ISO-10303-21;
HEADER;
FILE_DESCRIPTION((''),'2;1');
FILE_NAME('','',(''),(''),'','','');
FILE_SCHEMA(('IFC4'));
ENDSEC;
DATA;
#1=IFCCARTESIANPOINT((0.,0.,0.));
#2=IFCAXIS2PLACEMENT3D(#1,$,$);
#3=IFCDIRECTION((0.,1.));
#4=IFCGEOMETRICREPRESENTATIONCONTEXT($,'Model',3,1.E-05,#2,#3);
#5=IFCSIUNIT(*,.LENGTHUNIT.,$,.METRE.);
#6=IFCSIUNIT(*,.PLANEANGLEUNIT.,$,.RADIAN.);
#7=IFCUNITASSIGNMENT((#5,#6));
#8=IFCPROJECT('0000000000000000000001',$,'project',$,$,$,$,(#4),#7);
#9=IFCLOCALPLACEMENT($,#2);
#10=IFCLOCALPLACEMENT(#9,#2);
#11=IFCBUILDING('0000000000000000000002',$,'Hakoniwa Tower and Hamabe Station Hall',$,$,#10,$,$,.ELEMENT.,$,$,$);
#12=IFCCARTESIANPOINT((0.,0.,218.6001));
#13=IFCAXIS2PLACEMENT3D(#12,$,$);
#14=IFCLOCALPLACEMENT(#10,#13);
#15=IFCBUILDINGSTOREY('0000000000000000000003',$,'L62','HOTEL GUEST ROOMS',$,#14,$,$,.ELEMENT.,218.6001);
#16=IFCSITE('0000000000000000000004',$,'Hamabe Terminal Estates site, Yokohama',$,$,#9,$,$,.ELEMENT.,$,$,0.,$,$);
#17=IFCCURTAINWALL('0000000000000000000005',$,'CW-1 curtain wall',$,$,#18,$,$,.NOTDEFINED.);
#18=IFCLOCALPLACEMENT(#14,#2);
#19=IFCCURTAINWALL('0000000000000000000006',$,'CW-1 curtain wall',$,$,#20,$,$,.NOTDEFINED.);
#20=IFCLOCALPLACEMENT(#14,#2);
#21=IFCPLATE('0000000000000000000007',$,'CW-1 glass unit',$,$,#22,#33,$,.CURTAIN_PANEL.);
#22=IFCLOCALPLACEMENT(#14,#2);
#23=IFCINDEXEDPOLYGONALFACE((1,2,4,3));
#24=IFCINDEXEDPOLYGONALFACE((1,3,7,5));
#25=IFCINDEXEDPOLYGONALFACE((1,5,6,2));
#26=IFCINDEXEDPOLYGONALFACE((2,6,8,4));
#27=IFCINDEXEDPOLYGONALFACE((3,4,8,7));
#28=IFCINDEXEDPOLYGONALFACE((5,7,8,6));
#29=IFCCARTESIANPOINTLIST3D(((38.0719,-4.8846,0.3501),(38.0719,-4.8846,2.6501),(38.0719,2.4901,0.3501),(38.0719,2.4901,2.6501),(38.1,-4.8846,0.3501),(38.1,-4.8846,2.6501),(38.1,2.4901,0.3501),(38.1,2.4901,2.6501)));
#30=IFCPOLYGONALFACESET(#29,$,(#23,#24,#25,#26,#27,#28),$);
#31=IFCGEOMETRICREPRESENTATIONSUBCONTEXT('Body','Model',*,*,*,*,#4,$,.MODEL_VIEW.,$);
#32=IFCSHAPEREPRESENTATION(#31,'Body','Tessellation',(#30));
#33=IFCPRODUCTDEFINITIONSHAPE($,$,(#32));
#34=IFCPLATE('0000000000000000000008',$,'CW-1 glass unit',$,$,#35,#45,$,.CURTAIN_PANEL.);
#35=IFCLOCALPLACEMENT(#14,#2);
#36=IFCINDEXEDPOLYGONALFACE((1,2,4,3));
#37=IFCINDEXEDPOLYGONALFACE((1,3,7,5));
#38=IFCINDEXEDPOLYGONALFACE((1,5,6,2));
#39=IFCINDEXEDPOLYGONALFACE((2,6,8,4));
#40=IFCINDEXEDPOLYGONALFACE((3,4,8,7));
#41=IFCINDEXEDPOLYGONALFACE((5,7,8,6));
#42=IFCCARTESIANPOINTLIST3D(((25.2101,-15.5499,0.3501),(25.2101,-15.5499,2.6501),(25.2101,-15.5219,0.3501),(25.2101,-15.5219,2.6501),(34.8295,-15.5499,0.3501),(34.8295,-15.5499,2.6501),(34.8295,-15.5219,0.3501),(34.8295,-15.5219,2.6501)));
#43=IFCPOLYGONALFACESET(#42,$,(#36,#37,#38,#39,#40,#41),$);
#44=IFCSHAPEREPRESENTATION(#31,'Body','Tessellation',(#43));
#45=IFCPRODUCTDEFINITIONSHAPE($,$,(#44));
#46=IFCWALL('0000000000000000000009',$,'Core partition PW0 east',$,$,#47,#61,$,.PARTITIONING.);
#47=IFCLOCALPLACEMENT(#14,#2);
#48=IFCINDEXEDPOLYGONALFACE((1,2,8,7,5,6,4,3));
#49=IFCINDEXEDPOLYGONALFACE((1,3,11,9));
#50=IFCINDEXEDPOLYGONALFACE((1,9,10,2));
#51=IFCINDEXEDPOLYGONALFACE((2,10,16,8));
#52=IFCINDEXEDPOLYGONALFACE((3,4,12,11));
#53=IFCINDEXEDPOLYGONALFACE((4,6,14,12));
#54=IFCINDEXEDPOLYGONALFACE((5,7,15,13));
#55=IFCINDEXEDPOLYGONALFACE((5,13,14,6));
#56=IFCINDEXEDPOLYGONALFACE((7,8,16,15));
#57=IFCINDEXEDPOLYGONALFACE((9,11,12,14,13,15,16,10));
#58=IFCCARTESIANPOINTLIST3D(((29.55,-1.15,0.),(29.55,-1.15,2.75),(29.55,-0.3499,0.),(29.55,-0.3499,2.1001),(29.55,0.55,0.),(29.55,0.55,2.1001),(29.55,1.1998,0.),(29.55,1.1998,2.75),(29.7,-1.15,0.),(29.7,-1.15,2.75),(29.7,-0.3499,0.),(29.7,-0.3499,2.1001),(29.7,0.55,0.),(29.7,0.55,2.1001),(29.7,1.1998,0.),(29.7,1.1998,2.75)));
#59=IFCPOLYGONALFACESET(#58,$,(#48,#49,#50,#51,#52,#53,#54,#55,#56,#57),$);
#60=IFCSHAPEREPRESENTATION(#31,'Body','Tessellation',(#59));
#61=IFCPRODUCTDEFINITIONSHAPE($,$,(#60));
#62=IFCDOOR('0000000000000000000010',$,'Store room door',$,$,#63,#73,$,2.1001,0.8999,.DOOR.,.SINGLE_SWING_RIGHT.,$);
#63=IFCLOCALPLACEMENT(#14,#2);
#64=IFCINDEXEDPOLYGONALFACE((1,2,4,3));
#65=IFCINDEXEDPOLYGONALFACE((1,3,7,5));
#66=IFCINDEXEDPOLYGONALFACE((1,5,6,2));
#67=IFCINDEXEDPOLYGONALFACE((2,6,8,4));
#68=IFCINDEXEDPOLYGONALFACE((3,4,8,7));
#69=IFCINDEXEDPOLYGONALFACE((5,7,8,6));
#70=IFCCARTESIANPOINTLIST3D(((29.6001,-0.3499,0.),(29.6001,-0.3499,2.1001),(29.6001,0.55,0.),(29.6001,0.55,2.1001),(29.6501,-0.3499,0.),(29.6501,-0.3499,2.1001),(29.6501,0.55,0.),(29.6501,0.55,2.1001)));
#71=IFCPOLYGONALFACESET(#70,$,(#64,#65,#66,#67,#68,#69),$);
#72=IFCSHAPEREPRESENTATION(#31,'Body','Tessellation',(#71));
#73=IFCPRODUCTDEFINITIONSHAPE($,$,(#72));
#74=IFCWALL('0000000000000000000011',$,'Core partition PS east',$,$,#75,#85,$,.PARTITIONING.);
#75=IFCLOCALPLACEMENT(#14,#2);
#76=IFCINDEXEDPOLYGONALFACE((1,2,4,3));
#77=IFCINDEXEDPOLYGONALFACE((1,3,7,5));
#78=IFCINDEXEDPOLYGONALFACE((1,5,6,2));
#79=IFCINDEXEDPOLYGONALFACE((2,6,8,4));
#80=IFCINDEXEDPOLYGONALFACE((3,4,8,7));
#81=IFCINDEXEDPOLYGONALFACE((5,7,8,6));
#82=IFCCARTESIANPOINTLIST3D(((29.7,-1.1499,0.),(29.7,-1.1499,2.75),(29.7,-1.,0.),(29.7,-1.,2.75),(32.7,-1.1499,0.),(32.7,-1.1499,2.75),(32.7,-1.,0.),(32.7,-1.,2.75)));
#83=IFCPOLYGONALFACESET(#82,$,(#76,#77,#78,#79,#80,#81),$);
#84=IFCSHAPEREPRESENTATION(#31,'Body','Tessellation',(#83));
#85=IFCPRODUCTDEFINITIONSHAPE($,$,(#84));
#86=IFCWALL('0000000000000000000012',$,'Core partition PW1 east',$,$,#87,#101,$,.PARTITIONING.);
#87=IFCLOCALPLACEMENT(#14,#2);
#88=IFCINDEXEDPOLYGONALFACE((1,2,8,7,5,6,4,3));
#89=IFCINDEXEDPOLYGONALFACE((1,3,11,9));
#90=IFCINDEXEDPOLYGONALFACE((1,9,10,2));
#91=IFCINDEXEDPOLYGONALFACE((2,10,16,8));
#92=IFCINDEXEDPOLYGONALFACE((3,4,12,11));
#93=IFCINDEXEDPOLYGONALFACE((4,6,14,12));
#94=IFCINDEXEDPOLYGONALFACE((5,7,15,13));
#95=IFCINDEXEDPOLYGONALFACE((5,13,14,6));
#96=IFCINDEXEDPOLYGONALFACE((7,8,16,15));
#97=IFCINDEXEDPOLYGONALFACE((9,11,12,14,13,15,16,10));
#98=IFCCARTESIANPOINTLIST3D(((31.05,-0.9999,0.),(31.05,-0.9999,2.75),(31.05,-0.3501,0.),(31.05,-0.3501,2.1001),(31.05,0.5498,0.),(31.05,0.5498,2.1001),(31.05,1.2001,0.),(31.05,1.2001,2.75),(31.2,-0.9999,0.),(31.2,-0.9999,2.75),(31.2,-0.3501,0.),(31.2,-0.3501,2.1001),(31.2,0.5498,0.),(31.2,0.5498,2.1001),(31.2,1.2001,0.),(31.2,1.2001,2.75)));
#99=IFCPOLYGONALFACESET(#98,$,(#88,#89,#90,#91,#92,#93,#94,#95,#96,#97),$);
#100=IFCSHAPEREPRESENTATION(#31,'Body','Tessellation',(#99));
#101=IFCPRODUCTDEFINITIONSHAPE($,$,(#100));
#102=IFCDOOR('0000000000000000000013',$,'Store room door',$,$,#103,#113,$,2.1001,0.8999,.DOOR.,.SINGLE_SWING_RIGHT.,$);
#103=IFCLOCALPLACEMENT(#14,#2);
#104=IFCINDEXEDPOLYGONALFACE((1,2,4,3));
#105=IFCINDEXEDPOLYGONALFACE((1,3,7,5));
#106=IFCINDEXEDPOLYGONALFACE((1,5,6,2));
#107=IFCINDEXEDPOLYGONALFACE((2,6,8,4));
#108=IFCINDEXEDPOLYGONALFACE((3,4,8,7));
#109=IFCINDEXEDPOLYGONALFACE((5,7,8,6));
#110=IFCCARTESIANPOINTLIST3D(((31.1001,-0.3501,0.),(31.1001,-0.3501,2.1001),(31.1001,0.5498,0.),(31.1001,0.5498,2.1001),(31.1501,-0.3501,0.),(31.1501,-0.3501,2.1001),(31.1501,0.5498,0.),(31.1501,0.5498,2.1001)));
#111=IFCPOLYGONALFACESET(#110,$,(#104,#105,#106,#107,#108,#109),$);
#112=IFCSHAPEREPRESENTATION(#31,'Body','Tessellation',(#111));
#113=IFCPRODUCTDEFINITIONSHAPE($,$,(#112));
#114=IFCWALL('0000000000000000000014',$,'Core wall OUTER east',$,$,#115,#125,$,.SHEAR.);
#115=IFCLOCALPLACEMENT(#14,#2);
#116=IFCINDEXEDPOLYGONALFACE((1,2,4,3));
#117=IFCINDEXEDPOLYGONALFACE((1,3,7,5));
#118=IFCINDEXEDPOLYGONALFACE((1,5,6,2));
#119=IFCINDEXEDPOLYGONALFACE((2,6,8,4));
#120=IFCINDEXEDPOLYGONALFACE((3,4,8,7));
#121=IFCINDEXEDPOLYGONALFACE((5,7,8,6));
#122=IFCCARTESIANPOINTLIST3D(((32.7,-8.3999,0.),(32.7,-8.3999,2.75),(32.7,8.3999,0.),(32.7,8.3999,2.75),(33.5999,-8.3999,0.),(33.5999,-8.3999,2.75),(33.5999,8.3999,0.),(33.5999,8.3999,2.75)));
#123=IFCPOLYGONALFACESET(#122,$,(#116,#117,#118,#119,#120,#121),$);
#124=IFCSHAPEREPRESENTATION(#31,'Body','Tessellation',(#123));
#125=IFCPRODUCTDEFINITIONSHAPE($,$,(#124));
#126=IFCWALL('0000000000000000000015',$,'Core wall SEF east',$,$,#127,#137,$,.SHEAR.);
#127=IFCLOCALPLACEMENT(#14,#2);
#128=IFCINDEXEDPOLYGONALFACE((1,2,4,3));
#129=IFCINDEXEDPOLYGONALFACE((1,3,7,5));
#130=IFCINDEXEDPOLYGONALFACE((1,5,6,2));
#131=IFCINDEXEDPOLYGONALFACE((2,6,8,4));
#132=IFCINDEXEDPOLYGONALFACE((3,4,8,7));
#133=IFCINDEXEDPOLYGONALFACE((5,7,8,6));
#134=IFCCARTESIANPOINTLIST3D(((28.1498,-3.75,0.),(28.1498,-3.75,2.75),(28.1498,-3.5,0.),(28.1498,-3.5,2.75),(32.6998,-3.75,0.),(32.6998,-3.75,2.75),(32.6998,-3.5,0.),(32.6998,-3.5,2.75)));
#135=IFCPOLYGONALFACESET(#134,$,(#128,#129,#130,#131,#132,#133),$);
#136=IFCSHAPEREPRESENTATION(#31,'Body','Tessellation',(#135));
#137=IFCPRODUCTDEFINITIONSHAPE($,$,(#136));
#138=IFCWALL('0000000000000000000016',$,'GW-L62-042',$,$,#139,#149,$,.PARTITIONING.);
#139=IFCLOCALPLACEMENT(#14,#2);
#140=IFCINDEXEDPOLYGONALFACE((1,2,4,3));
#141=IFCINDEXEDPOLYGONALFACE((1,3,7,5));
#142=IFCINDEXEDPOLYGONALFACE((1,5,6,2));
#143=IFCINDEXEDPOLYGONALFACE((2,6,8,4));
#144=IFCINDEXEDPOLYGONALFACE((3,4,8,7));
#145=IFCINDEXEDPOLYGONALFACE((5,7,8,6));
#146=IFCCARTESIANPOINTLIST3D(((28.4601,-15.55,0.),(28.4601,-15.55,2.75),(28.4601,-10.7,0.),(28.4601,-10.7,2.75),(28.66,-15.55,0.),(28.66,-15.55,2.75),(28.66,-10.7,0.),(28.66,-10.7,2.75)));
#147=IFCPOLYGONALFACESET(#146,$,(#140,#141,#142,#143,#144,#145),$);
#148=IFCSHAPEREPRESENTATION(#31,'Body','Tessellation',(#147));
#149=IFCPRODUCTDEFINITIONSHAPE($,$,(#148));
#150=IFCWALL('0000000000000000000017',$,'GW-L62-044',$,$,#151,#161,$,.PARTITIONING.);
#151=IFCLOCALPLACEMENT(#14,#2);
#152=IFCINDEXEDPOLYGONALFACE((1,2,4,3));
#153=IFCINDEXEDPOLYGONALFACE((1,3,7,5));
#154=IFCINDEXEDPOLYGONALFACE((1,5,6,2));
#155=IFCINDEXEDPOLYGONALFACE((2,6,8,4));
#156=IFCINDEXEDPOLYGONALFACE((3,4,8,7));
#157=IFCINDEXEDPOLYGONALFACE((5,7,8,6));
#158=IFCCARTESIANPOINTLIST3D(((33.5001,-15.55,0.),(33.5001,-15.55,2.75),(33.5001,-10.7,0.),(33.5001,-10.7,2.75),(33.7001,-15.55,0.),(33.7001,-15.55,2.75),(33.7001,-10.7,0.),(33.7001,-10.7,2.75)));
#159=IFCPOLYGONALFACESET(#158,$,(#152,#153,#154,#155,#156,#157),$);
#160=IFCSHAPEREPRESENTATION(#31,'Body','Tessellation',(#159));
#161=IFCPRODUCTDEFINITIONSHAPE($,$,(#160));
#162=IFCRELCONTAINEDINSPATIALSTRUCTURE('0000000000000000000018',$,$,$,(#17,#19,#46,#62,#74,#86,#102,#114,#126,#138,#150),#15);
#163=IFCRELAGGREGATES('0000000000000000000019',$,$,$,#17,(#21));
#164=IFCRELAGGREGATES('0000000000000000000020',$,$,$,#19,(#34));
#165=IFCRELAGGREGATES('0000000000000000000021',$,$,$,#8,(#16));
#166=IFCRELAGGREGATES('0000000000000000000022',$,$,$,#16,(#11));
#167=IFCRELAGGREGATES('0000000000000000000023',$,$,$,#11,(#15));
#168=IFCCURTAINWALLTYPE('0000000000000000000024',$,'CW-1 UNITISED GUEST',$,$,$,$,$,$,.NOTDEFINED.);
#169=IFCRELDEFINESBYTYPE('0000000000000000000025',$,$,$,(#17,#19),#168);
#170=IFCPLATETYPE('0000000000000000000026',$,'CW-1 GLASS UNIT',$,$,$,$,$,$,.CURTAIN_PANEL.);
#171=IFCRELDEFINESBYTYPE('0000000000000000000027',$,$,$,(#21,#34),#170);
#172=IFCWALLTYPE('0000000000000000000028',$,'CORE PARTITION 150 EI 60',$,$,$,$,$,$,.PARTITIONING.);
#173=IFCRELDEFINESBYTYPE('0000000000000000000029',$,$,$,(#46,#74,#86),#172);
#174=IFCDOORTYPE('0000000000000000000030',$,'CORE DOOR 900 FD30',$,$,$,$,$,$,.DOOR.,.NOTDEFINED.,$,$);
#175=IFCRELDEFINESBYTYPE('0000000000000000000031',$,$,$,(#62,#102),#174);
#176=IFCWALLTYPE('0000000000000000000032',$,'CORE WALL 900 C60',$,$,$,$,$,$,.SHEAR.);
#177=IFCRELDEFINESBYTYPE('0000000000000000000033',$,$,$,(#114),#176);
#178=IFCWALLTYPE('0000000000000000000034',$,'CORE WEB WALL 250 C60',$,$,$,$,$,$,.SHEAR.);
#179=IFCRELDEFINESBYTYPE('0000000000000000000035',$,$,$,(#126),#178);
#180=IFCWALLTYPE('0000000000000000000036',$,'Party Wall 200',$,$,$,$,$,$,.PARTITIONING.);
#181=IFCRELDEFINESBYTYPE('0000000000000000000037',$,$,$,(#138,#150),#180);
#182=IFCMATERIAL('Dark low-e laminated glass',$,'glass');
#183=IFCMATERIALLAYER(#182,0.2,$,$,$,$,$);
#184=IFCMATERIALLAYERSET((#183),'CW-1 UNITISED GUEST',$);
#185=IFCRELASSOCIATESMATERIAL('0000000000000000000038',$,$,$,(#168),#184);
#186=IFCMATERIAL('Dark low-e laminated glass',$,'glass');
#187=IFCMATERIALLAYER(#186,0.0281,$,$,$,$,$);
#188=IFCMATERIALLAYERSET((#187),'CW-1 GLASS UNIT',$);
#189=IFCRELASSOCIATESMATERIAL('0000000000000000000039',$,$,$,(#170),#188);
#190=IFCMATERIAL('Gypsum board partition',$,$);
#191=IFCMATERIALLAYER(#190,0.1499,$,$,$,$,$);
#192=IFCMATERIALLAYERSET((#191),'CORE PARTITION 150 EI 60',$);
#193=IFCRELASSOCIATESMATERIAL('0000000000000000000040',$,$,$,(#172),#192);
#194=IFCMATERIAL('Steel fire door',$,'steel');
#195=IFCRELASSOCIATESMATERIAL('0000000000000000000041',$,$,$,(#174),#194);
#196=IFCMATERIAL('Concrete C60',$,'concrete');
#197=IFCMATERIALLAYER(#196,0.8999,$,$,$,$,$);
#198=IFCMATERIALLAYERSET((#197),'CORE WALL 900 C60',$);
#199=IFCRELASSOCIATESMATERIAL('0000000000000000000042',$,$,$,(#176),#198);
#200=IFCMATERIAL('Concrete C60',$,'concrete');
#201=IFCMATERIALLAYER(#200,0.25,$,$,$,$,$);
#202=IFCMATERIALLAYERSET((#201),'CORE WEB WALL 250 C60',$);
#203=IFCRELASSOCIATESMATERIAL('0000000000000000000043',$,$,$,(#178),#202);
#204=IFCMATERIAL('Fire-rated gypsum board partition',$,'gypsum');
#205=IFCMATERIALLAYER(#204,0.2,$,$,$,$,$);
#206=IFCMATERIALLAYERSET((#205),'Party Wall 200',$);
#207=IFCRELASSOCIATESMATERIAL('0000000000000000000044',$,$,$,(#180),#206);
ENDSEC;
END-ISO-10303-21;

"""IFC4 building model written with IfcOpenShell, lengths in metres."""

from ifc_helpers import new_model, si_unit, direction, frame, frame_2d, origin, origin_2d, place, context, subcontext, project, spatial, rectangle, extrude, material, layer, layer_set, type_object, element, fill, aggregate, save


model = new_model("IFC4")

# Units and contexts
model_context = context("Model", 3, precision=1e-05, world=origin(), true_north=direction((0.0, 1.0)))
body_context = subcontext(model_context, "Body", "Model", "MODEL_VIEW")
ifc_project = project(units=[si_unit("LENGTHUNIT", "METRE"), si_unit("PLANEANGLEUNIT", "RADIAN")], contexts=[model_context])

# Site, building, storey
site_placement = place(None, origin())
site = spatial("IfcSite", under=ifc_project, at=site_placement, Name="Hamabe Terminal Estates site, Yokohama", CompositionType="ELEMENT", RefElevation=0.0)
building_placement = place(site_placement, origin())
building = spatial("IfcBuilding", under=site, at=building_placement, Name="Hakoniwa Tower and Hamabe Station Hall", CompositionType="ELEMENT")
storey_placement = place(building_placement, frame((0.0, 0.0, 218.6001)))
storey = spatial("IfcBuildingStorey", under=building, at=storey_placement, Name="L62", Description="HOTEL GUEST ROOMS", CompositionType="ELEMENT", Elevation=218.6001)

# Curtain wall
ifc_material_1 = material(Name="Dark low-e laminated glass", Category="glass")
ifc_layer_1 = layer(ifc_material_1, 0.2)
ifc_layer_set_1 = layer_set([ifc_layer_1], Name="CW-1 UNITISED GUEST")
curtain_wall_type = type_object("IfcCurtainWallType", Name="CW-1 UNITISED GUEST", PredefinedType="NOTDEFINED", material=ifc_layer_set_1)
curtain_wall_1_placement = place(storey_placement, origin())
curtain_wall_1 = element("IfcCurtainWall", 1, at=curtain_wall_1_placement, inside=storey, type_object=curtain_wall_type, Name="CW-1 curtain wall", PredefinedType="NOTDEFINED")

# Curtain wall
curtain_wall_2_placement = place(storey_placement, origin())
curtain_wall_2 = element("IfcCurtainWall", 2, at=curtain_wall_2_placement, inside=storey, type_object=curtain_wall_type, Name="CW-1 curtain wall", PredefinedType="NOTDEFINED")

# Plates
ifc_material_2 = material(Name="Dark low-e laminated glass", Category="glass")
ifc_layer_2 = layer(ifc_material_2, 0.0281)
ifc_layer_set_2 = layer_set([ifc_layer_2], Name="CW-1 GLASS UNIT")
plate_type = type_object("IfcPlateType", Name="CW-1 GLASS UNIT", PredefinedType="CURTAIN_PANEL", material=ifc_layer_set_2)
plate_1_placement = place(storey_placement, frame((38.0859, -1.1973, 0.3501), z_axis=(0.0, 0.0, 1.0), x_axis=(0.0, 1.0, 0.0)))
plate_1 = element("IfcPlate", 3, at=plate_1_placement, type_object=plate_type, Name="CW-1 glass unit", PredefinedType="CURTAIN_PANEL", context=body_context, shape_type="SweptSolid", body=[
    extrude(rectangle(XDim=7.3748, YDim=0.0281, at=origin_2d()), origin(), (0.0, 0.0, 1.0), 2.3),
])
aggregate(curtain_wall_1, [plate_1])
plate_2_placement = place(storey_placement, frame((30.0198, -15.5359, 0.3501), z_axis=(0.0, 0.0, 1.0), x_axis=(1.0, 0.0, 0.0)))
plate_2 = element("IfcPlate", 4, at=plate_2_placement, type_object=plate_type, Name="CW-1 glass unit", PredefinedType="CURTAIN_PANEL", context=body_context, shape_type="SweptSolid", body=[
    extrude(rectangle(XDim=9.6194, YDim=0.0281, at=origin_2d()), origin(), (0.0, 0.0, 1.0), 2.3),
])
aggregate(curtain_wall_2, [plate_2])

# Wall, opening, door
ifc_material_3 = material(Name="Gypsum board partition")
ifc_layer_3 = layer(ifc_material_3, 0.1499)
ifc_layer_set_3 = layer_set([ifc_layer_3], Name="CORE PARTITION 150 EI 60")
wall_type_1 = type_object("IfcWallType", Name="CORE PARTITION 150 EI 60", PredefinedType="PARTITIONING", material=ifc_layer_set_3)
wall_1_placement = place(storey_placement, frame((29.625, -1.1499, 0.0), z_axis=(0.0, 0.0, 1.0), x_axis=(0.0, 1.0, 0.0)))
wall_1 = element("IfcWall", 5, at=wall_1_placement, inside=storey, type_object=wall_type_1, Name="Core partition PW0 east", PredefinedType="PARTITIONING", context=body_context, shape_type="SweptSolid", body=[
    extrude(rectangle(XDim=2.3499, YDim=0.1499, at=frame_2d((1.1748, 0.0))), origin(), (0.0, 0.0, 1.0), 2.75),
])
opening_1_placement = place(wall_1_placement, frame((0.8, 0.0, 0.0)))
opening_1 = element("IfcOpeningElement", 6, at=opening_1_placement, cuts=wall_1, PredefinedType="OPENING", context=body_context, shape_type="SweptSolid", body=[
    extrude(rectangle(XDim=0.8999, YDim=2.1001, at=frame_2d((0.45, 1.05))), frame((0.0, 0.085, 0.0), z_axis=(0.0, -1.0, 0.0), x_axis=(1.0, 0.0, 0.0)), (0.0, 0.0, 1.0), 0.1699),
])
ifc_material_4 = material(Name="Steel fire door", Category="steel")
door_type = type_object("IfcDoorType", Name="CORE DOOR 900 FD30", OperationType="NOTDEFINED", PredefinedType="DOOR", material=ifc_material_4)
door_1_placement = place(opening_1_placement, origin())
door_1 = element("IfcDoor", 7, at=door_1_placement, inside=storey, type_object=door_type, Name="Store room door", OperationType="SINGLE_SWING_RIGHT", OverallHeight=2.1001, OverallWidth=0.8999, PredefinedType="DOOR", context=body_context, shape_type="SweptSolid", body=[
    extrude(rectangle(XDim=0.8999, YDim=2.1001, at=frame_2d((0.45, 1.05))), frame((0.0, 0.0249, 0.0), z_axis=(0.0, -1.0, 0.0), x_axis=(1.0, 0.0, 0.0)), (0.0, 0.0, 1.0), 0.05),
])
fill(opening_1, door_1)

# Wall
wall_2_placement = place(storey_placement, frame((29.7, -1.075, 0.0), z_axis=(0.0, 0.0, 1.0), x_axis=(1.0, 0.0, 0.0)))
element("IfcWall", 8, at=wall_2_placement, inside=storey, type_object=wall_type_1, Name="Core partition PS east", PredefinedType="PARTITIONING", context=body_context, shape_type="SweptSolid", body=[
    extrude(rectangle(XDim=3.0, YDim=0.1499, at=frame_2d((1.5, 0.0))), origin(), (0.0, 0.0, 1.0), 2.75),
])

# Wall, opening, door
wall_3_placement = place(storey_placement, frame((31.125, -1.0, 0.0), z_axis=(0.0, 0.0, 1.0), x_axis=(0.0, 1.0, 0.0)))
wall_3 = element("IfcWall", 9, at=wall_3_placement, inside=storey, type_object=wall_type_1, Name="Core partition PW1 east", PredefinedType="PARTITIONING", context=body_context, shape_type="SweptSolid", body=[
    extrude(rectangle(XDim=2.2, YDim=0.1499, at=frame_2d((1.1001, 0.0))), origin(), (0.0, 0.0, 1.0), 2.75),
])
opening_2_placement = place(wall_3_placement, frame((0.6499, 0.0, 0.0)))
opening_2 = element("IfcOpeningElement", 10, at=opening_2_placement, cuts=wall_3, PredefinedType="OPENING", context=body_context, shape_type="SweptSolid", body=[
    extrude(rectangle(XDim=0.8999, YDim=2.1001, at=frame_2d((0.45, 1.05))), frame((0.0, 0.085, 0.0), z_axis=(0.0, -1.0, 0.0), x_axis=(1.0, 0.0, 0.0)), (0.0, 0.0, 1.0), 0.1699),
])
door_2_placement = place(opening_2_placement, origin())
door_2 = element("IfcDoor", 11, at=door_2_placement, inside=storey, type_object=door_type, Name="Store room door", OperationType="SINGLE_SWING_RIGHT", OverallHeight=2.1001, OverallWidth=0.8999, PredefinedType="DOOR", context=body_context, shape_type="SweptSolid", body=[
    extrude(rectangle(XDim=0.8999, YDim=2.1001, at=frame_2d((0.45, 1.05))), frame((0.0, 0.0249, 0.0), z_axis=(0.0, -1.0, 0.0), x_axis=(1.0, 0.0, 0.0)), (0.0, 0.0, 1.0), 0.05),
])
fill(opening_2, door_2)

# Walls
ifc_material_5 = material(Name="Concrete C60", Category="concrete")
ifc_layer_4 = layer(ifc_material_5, 0.8999)
ifc_layer_set_4 = layer_set([ifc_layer_4], Name="CORE WALL 900 C60")
wall_type_2 = type_object("IfcWallType", Name="CORE WALL 900 C60", PredefinedType="SHEAR", material=ifc_layer_set_4)
wall_4_placement = place(storey_placement, frame((33.1499, -8.3999, 0.0), z_axis=(0.0, 0.0, 1.0), x_axis=(0.0, 1.0, 0.0)))
element("IfcWall", 12, at=wall_4_placement, inside=storey, type_object=wall_type_2, Name="Core wall OUTER east", PredefinedType="SHEAR", context=body_context, shape_type="SweptSolid", body=[
    extrude(rectangle(XDim=16.7998, YDim=0.8999, at=frame_2d((8.3999, 0.0))), origin(), (0.0, 0.0, 1.0), 2.75),
])
ifc_material_6 = material(Name="Concrete C60", Category="concrete")
ifc_layer_5 = layer(ifc_material_6, 0.25)
ifc_layer_set_5 = layer_set([ifc_layer_5], Name="CORE WEB WALL 250 C60")
wall_type_3 = type_object("IfcWallType", Name="CORE WEB WALL 250 C60", PredefinedType="SHEAR", material=ifc_layer_set_5)
wall_5_placement = place(storey_placement, frame((28.1499, -3.625, 0.0), z_axis=(0.0, 0.0, 1.0), x_axis=(1.0, 0.0, 0.0)))
element("IfcWall", 13, at=wall_5_placement, inside=storey, type_object=wall_type_3, Name="Core wall SEF east", PredefinedType="SHEAR", context=body_context, shape_type="SweptSolid", body=[
    extrude(rectangle(XDim=4.55, YDim=0.25, at=frame_2d((2.2749, 0.0))), origin(), (0.0, 0.0, 1.0), 2.75),
])
ifc_material_7 = material(Name="Fire-rated gypsum board partition", Category="gypsum")
ifc_layer_6 = layer(ifc_material_7, 0.2)
ifc_layer_set_6 = layer_set([ifc_layer_6], Name="Party Wall 200")
wall_type_4 = type_object("IfcWallType", Name="Party Wall 200", PredefinedType="PARTITIONING", material=ifc_layer_set_6)
for number, where, z_axis, x_axis, name in (
    (14, (28.5601, -15.55, 0.0), (0.0, 0.0, 1.0), (0.0, 1.0, 0.0), "GW-L62-042"),
    (15, (33.6001, -15.55, 0.0), (0.0, 0.0, 1.0), (0.0, 1.0, 0.0), "GW-L62-044"),
):
    element("IfcWall", number, at=place(storey_placement, frame(where, z_axis=z_axis, x_axis=x_axis)), inside=storey, type_object=wall_type_4, Name=name, PredefinedType="PARTITIONING", context=body_context, shape_type="SweptSolid", body=[
        extrude(rectangle(XDim=4.8501, YDim=0.2, at=frame_2d((2.425, 0.0))), origin(), (0.0, 0.0, 1.0), 2.75),
    ])

save(model, "model.ifc")
